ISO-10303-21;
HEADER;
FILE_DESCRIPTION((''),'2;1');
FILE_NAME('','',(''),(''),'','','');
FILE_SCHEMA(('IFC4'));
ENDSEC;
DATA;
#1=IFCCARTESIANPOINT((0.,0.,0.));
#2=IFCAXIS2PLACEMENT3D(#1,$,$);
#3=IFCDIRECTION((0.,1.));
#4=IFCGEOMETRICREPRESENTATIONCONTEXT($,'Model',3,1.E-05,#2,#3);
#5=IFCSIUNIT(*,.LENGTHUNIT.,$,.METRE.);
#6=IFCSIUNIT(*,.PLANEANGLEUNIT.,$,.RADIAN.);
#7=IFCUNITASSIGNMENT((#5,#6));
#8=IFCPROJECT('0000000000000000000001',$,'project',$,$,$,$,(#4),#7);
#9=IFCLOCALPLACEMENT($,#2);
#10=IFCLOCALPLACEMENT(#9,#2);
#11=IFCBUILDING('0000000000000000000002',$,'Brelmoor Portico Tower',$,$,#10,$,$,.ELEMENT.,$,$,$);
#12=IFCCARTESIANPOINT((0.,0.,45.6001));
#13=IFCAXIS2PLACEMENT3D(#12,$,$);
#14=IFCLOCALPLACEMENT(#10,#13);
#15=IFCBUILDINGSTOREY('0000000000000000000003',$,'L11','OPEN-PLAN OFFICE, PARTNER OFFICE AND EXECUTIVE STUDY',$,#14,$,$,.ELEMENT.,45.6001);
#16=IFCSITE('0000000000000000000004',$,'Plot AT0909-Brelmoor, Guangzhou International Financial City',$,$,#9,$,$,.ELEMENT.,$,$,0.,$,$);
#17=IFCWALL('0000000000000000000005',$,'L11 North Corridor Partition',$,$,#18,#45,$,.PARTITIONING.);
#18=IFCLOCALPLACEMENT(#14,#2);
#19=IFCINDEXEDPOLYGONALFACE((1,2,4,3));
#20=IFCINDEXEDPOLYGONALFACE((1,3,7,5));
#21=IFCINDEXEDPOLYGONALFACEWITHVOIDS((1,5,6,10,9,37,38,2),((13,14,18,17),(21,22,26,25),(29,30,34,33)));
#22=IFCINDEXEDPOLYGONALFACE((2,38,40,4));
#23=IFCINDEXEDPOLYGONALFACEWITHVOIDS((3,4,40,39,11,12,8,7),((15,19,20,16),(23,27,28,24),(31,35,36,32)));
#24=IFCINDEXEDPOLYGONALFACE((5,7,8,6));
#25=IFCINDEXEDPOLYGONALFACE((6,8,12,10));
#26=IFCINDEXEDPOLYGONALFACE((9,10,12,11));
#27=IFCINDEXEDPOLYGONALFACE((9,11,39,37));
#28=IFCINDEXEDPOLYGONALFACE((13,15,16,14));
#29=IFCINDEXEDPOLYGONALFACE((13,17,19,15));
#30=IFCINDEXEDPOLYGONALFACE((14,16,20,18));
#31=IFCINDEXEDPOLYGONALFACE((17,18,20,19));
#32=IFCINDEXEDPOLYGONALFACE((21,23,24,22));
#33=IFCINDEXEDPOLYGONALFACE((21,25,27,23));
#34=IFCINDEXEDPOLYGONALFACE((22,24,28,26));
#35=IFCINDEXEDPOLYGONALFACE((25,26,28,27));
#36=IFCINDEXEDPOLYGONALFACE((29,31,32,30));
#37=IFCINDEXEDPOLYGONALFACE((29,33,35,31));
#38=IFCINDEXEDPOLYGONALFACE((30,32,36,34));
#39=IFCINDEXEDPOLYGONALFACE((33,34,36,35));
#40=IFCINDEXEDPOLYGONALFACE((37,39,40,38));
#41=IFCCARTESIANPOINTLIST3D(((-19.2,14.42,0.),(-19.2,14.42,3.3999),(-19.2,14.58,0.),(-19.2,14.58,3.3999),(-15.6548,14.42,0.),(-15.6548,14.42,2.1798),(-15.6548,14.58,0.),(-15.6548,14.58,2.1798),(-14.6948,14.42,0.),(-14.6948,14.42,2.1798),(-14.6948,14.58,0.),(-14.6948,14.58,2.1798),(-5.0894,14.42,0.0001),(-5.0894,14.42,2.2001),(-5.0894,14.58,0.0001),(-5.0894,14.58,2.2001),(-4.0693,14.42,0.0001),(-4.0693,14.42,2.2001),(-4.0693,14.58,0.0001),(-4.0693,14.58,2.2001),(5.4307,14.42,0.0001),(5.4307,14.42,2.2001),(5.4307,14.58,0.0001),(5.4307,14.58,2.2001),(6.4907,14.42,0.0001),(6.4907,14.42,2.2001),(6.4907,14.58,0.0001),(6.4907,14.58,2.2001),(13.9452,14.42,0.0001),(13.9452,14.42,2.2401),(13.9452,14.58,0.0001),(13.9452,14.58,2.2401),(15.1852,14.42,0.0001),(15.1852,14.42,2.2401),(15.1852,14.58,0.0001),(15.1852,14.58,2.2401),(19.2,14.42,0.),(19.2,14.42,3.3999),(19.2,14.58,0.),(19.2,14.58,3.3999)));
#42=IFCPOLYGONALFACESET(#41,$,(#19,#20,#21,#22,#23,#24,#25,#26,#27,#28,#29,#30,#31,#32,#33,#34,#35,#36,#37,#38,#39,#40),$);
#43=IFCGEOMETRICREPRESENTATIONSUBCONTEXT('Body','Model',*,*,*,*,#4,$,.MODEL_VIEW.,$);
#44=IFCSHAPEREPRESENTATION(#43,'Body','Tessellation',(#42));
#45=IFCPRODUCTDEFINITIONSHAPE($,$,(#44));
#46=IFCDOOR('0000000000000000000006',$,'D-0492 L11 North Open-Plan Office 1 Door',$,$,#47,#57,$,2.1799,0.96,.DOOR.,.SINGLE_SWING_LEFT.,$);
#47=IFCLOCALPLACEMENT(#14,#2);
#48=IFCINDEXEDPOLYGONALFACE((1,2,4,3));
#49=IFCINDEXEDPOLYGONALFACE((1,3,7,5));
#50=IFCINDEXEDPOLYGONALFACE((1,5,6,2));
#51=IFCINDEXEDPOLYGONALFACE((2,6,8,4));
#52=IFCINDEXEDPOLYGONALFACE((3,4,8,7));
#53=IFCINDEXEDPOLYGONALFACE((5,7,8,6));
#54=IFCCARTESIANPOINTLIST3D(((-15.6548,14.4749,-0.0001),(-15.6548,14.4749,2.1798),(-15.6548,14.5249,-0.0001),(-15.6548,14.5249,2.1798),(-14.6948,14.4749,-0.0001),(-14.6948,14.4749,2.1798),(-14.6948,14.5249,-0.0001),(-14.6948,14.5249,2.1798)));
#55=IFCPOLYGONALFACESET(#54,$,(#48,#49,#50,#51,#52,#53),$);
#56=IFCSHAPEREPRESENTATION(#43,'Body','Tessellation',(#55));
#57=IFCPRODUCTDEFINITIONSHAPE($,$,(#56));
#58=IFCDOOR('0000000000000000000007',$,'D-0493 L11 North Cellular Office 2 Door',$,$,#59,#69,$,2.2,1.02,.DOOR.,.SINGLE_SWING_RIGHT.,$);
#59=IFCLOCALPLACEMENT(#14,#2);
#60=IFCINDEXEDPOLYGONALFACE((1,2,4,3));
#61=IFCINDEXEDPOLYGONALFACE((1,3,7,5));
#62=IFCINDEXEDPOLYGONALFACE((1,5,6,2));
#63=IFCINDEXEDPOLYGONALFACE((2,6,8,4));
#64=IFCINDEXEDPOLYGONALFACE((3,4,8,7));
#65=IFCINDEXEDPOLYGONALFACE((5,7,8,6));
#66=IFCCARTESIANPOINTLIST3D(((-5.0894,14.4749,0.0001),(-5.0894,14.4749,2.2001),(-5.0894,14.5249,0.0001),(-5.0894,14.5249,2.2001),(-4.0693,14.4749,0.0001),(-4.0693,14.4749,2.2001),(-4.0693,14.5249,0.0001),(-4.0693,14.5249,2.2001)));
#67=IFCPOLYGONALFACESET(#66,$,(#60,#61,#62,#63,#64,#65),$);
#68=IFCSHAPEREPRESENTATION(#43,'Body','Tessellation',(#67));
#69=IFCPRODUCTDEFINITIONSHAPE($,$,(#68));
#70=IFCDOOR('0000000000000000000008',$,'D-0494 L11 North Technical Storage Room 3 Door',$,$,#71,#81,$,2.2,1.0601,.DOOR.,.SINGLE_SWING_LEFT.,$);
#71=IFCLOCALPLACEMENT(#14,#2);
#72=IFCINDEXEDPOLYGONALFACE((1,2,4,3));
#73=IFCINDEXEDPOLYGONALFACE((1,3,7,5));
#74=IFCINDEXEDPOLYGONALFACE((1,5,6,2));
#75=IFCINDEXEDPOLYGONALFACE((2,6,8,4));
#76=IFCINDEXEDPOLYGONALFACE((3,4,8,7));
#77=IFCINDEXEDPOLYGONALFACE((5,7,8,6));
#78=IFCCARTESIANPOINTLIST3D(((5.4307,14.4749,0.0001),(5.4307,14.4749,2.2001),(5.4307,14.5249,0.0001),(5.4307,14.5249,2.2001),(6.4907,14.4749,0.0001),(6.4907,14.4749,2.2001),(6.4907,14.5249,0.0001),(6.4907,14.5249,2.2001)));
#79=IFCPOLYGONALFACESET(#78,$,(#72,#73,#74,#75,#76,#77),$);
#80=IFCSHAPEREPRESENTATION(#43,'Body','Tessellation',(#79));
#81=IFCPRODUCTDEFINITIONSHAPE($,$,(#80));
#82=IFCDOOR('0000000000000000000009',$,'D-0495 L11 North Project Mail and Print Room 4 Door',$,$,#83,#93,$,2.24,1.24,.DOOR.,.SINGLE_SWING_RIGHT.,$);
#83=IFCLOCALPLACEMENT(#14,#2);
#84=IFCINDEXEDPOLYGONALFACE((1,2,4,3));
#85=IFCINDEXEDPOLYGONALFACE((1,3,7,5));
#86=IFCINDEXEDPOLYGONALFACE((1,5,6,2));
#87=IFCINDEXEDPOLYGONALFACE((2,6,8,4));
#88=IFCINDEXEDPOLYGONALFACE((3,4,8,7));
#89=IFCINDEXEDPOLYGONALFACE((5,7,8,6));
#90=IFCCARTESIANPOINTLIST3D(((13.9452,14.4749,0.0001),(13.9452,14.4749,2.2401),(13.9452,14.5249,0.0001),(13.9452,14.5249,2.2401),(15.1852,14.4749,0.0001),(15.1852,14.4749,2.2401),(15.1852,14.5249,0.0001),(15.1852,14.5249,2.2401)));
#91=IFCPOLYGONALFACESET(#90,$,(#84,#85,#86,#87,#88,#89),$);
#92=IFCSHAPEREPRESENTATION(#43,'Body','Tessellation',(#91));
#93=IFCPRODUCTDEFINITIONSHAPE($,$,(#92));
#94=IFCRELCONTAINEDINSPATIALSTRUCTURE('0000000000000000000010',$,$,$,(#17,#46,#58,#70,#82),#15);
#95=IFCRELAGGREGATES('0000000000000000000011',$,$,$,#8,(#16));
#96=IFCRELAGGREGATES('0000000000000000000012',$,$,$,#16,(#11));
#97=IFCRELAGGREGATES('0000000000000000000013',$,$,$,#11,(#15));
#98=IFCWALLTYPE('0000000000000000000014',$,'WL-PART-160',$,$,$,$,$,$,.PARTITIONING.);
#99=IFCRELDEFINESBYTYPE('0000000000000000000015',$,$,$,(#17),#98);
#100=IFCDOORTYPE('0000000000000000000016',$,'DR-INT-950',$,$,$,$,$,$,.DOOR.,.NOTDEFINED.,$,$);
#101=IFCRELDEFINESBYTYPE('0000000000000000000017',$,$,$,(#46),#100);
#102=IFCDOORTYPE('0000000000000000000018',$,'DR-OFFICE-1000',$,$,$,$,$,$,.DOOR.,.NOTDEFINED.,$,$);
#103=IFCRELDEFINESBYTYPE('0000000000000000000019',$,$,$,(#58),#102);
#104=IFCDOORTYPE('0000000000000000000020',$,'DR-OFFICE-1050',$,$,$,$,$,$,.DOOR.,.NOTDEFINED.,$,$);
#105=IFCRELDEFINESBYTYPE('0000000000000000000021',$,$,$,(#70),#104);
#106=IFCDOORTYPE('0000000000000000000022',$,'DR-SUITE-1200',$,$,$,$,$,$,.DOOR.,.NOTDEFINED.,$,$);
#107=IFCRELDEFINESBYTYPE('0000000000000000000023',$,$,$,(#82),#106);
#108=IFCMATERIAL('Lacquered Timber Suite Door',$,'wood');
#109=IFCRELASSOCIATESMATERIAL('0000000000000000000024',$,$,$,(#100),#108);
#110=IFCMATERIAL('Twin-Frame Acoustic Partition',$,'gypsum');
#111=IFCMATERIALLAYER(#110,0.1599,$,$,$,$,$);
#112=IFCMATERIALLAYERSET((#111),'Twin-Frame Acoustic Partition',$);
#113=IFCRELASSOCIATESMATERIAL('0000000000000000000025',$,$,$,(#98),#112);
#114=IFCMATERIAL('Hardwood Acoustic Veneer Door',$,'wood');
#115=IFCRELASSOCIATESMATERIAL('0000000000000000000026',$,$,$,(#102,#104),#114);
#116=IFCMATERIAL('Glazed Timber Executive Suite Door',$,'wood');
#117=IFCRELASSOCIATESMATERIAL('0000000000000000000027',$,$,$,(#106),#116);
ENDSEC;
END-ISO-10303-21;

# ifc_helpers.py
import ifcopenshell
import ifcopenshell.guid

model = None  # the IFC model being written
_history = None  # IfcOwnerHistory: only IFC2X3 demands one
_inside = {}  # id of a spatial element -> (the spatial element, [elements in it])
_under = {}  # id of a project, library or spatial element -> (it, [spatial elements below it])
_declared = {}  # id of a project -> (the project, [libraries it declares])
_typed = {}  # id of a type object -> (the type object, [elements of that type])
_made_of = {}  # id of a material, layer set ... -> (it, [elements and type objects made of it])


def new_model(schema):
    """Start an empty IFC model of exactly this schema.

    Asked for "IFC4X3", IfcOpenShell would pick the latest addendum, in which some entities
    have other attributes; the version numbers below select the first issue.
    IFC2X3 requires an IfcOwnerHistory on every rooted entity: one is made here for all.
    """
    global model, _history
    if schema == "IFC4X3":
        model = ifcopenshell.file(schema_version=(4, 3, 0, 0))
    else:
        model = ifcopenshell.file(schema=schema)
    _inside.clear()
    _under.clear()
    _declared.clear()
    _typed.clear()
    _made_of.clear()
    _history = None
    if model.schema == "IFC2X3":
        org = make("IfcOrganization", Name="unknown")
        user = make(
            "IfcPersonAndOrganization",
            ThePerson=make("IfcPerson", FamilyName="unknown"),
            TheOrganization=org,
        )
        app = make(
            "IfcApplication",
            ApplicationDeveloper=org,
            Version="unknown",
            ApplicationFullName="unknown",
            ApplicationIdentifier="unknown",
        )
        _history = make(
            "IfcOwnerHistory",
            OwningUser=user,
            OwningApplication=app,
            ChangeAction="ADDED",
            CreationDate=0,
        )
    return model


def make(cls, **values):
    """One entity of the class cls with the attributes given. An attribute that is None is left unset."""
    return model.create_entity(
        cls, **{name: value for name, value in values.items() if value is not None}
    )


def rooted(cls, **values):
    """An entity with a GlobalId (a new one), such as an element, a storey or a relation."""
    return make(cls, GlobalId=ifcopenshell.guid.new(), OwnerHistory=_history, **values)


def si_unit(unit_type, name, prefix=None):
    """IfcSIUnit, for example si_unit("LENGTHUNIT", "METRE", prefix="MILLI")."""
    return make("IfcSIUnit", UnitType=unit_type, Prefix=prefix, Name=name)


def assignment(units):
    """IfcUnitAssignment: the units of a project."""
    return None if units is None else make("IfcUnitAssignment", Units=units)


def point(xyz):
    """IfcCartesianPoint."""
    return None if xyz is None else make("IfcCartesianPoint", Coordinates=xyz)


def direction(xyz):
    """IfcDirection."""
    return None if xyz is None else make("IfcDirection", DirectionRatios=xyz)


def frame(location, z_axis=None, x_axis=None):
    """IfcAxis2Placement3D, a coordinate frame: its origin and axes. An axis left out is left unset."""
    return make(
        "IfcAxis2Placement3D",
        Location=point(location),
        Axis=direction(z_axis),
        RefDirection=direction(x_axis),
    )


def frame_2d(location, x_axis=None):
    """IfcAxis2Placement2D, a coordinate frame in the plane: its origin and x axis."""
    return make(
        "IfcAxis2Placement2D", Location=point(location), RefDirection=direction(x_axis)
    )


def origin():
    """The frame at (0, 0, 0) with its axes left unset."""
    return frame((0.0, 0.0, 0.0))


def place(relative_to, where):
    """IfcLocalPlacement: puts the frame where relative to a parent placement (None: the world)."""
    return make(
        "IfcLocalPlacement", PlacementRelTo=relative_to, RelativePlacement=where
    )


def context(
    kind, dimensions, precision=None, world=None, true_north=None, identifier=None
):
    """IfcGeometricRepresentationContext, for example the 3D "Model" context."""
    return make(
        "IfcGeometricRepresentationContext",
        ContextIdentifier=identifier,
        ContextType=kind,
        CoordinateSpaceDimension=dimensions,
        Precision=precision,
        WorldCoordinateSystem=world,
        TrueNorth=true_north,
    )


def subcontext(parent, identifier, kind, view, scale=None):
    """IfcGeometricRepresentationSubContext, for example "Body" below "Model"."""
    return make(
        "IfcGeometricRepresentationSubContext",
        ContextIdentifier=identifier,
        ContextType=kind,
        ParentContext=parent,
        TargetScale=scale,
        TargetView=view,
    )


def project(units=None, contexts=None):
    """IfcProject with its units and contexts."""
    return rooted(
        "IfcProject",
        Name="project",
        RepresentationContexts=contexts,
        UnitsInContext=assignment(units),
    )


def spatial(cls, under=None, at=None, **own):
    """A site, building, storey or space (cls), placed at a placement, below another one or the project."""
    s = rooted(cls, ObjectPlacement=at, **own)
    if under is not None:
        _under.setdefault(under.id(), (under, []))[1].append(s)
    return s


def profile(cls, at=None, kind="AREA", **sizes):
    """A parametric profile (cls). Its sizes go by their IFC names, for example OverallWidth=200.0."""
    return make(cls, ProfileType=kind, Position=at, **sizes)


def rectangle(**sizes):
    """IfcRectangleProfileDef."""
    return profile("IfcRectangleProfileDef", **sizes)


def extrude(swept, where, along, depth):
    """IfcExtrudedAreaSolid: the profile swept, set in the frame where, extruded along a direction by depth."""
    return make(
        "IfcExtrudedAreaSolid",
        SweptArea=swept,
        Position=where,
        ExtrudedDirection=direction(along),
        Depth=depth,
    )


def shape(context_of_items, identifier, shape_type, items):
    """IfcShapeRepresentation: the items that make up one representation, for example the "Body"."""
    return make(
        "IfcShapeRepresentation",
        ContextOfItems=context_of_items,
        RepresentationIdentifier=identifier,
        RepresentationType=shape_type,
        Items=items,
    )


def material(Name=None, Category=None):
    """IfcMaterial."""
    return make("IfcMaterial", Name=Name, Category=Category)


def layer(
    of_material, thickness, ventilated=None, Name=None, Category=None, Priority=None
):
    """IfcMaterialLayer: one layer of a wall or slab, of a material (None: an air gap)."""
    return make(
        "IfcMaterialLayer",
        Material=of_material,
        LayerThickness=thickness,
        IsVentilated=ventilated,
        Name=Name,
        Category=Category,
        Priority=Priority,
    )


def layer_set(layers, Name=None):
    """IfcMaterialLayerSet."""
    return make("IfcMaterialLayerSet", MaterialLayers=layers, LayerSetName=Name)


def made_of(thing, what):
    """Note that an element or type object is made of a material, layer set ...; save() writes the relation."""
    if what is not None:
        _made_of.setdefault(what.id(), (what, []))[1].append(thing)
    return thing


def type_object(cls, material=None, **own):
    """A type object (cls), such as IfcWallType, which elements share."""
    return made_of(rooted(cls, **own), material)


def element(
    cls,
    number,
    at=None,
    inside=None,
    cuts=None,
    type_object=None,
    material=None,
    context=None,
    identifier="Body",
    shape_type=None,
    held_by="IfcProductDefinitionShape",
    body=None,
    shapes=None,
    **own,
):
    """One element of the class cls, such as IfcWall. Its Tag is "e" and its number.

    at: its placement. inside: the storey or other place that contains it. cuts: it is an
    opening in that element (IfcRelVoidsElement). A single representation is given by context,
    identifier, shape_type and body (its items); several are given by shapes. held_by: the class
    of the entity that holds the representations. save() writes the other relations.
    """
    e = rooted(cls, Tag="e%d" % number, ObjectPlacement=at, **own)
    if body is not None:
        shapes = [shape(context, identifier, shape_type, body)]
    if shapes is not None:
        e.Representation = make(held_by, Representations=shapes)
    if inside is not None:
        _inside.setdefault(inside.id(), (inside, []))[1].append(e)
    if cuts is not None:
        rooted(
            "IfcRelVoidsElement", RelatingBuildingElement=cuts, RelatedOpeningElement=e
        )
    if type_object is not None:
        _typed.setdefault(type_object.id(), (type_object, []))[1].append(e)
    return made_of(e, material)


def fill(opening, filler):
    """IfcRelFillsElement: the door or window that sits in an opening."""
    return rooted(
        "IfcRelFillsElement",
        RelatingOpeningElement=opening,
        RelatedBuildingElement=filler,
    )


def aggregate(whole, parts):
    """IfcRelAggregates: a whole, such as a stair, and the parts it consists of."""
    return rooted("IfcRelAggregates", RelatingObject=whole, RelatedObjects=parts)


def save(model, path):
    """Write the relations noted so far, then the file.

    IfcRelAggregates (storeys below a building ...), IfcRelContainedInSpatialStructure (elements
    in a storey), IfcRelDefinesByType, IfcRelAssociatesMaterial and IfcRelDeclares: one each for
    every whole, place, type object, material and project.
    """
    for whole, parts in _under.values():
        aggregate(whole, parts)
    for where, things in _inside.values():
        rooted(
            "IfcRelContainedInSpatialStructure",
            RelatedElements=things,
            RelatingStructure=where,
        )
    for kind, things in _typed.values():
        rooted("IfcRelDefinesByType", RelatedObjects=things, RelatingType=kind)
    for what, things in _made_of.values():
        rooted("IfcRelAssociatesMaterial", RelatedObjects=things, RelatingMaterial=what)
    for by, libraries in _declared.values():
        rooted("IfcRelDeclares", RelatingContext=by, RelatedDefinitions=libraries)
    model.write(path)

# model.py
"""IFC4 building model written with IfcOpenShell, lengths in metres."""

from ifc_helpers import new_model, si_unit, direction, frame, frame_2d, origin, place, context, subcontext, project, spatial, rectangle, extrude, material, layer, layer_set, type_object, element, fill, save


model = new_model("IFC4")

# Units and contexts
model_context = context("Model", 3, precision=1e-05, world=origin(), true_north=direction((0.0, 1.0)))
body_context = subcontext(model_context, "Body", "Model", "MODEL_VIEW")
ifc_project = project(units=[si_unit("LENGTHUNIT", "METRE"), si_unit("PLANEANGLEUNIT", "RADIAN")], contexts=[model_context])

# Site, building, storey
site_placement = place(None, origin())
site = spatial("IfcSite", under=ifc_project, at=site_placement, Name="Plot AT0909-Brelmoor, Guangzhou International Financial City", CompositionType="ELEMENT", RefElevation=0.0)
building_placement = place(site_placement, origin())
building = spatial("IfcBuilding", under=site, at=building_placement, Name="Brelmoor Portico Tower", CompositionType="ELEMENT")
storey_placement = place(building_placement, frame((0.0, 0.0, 45.6001)))
storey = spatial("IfcBuildingStorey", under=building, at=storey_placement, Name="L11", Description="OPEN-PLAN OFFICE, PARTNER OFFICE AND EXECUTIVE STUDY", CompositionType="ELEMENT", Elevation=45.6001)

# Shared definitions
ifc_material_1 = material(Name="Lacquered Timber Suite Door", Category="wood")
door_type_1 = type_object("IfcDoorType", Name="DR-INT-950", OperationType="NOTDEFINED", PredefinedType="DOOR", material=ifc_material_1)

# Wall, openings, doors
ifc_material_2 = material(Name="Twin-Frame Acoustic Partition", Category="gypsum")
ifc_layer_1 = layer(ifc_material_2, 0.1599)
ifc_layer_set_1 = layer_set([ifc_layer_1], Name="Twin-Frame Acoustic Partition")
wall_type_1 = type_object("IfcWallType", Name="WL-PART-160", PredefinedType="PARTITIONING", material=ifc_layer_set_1)
wall_1_placement = place(storey_placement, frame((-19.2, 14.5, 0.0), z_axis=(0.0, 0.0, 1.0), x_axis=(1.0, 0.0, 0.0)))
wall_1 = element("IfcWall", 1, at=wall_1_placement, inside=storey, type_object=wall_type_1, Name="L11 North Corridor Partition", PredefinedType="PARTITIONING", context=body_context, shape_type="SweptSolid", body=[
    extrude(rectangle(XDim=38.3999, YDim=0.1599, at=frame_2d((19.2, 0.0))), origin(), (0.0, 0.0, 1.0), 3.3999),
])
opening_1_placement = place(wall_1_placement, frame((3.5452, 0.0, 0.0)))
opening_1 = element("IfcOpeningElement", 2, at=opening_1_placement, cuts=wall_1, PredefinedType="OPENING", context=body_context, shape_type="SweptSolid", body=[
    extrude(rectangle(XDim=0.96, YDim=2.1799, at=frame_2d((0.48, 1.0898))), frame((0.0, 0.0898, 0.0), z_axis=(0.0, -1.0, 0.0), x_axis=(1.0, 0.0, 0.0)), (0.0, 0.0, 1.0), 0.1799),
])
opening_2_placement = place(wall_1_placement, frame((14.1106, 0.0, 0.0)))
opening_2 = element("IfcOpeningElement", 3, at=opening_2_placement, cuts=wall_1, PredefinedType="OPENING", context=body_context, shape_type="SweptSolid", body=[
    extrude(rectangle(XDim=1.02, YDim=2.2, at=frame_2d((0.51, 1.1001))), frame((0.0, 0.0898, 0.0), z_axis=(0.0, -1.0, 0.0), x_axis=(1.0, 0.0, 0.0)), (0.0, 0.0, 1.0), 0.1799),
])
opening_3_placement = place(wall_1_placement, frame((24.6306, 0.0, 0.0)))
opening_3 = element("IfcOpeningElement", 4, at=opening_3_placement, cuts=wall_1, PredefinedType="OPENING", context=body_context, shape_type="SweptSolid", body=[
    extrude(rectangle(XDim=1.0601, YDim=2.2, at=frame_2d((0.53, 1.1001))), frame((0.0, 0.0898, 0.0), z_axis=(0.0, -1.0, 0.0), x_axis=(1.0, 0.0, 0.0)), (0.0, 0.0, 1.0), 0.1799),
])
opening_4_placement = place(wall_1_placement, frame((33.145, 0.0, 0.0)))
opening_4 = element("IfcOpeningElement", 5, at=opening_4_placement, cuts=wall_1, PredefinedType="OPENING", context=body_context, shape_type="SweptSolid", body=[
    extrude(rectangle(XDim=1.24, YDim=2.24, at=frame_2d((0.6201, 1.1201))), frame((0.0, 0.0898, 0.0), z_axis=(0.0, -1.0, 0.0), x_axis=(1.0, 0.0, 0.0)), (0.0, 0.0, 1.0), 0.1799),
])
door_1_placement = place(opening_1_placement, origin())
door_1 = element("IfcDoor", 6, at=door_1_placement, inside=storey, type_object=door_type_1, Name="D-0492 L11 North Open-Plan Office 1 Door", OperationType="SINGLE_SWING_LEFT", OverallHeight=2.1799, OverallWidth=0.96, PredefinedType="DOOR", context=body_context, shape_type="SweptSolid", body=[
    extrude(rectangle(XDim=0.96, YDim=2.1799, at=frame_2d((0.48, 1.0898))), frame((0.0, 0.0249, 0.0), z_axis=(0.0, -1.0, 0.0), x_axis=(1.0, 0.0, 0.0)), (0.0, 0.0, 1.0), 0.05),
])
fill(opening_1, door_1)
ifc_material_3 = material(Name="Hardwood Acoustic Veneer Door", Category="wood")
door_type_2 = type_object("IfcDoorType", Name="DR-OFFICE-1000", OperationType="NOTDEFINED", PredefinedType="DOOR", material=ifc_material_3)
door_2_placement = place(opening_2_placement, origin())
door_2 = element("IfcDoor", 7, at=door_2_placement, inside=storey, type_object=door_type_2, Name="D-0493 L11 North Cellular Office 2 Door", OperationType="SINGLE_SWING_RIGHT", OverallHeight=2.2, OverallWidth=1.02, PredefinedType="DOOR", context=body_context, shape_type="SweptSolid", body=[
    extrude(rectangle(XDim=1.02, YDim=2.2, at=frame_2d((0.51, 1.1001))), frame((0.0, 0.0249, 0.0), z_axis=(0.0, -1.0, 0.0), x_axis=(1.0, 0.0, 0.0)), (0.0, 0.0, 1.0), 0.05),
])
fill(opening_2, door_2)
door_type_3 = type_object("IfcDoorType", Name="DR-OFFICE-1050", OperationType="NOTDEFINED", PredefinedType="DOOR", material=ifc_material_3)
door_3_placement = place(opening_3_placement, origin())
door_3 = element("IfcDoor", 8, at=door_3_placement, inside=storey, type_object=door_type_3, Name="D-0494 L11 North Technical Storage Room 3 Door", OperationType="SINGLE_SWING_LEFT", OverallHeight=2.2, OverallWidth=1.0601, PredefinedType="DOOR", context=body_context, shape_type="SweptSolid", body=[
    extrude(rectangle(XDim=1.0601, YDim=2.2, at=frame_2d((0.53, 1.1001))), frame((0.0, 0.0249, 0.0), z_axis=(0.0, -1.0, 0.0), x_axis=(1.0, 0.0, 0.0)), (0.0, 0.0, 1.0), 0.05),
])
fill(opening_3, door_3)
ifc_material_4 = material(Name="Glazed Timber Executive Suite Door", Category="wood")
door_type_4 = type_object("IfcDoorType", Name="DR-SUITE-1200", OperationType="NOTDEFINED", PredefinedType="DOOR", material=ifc_material_4)
door_4_placement = place(opening_4_placement, origin())
door_4 = element("IfcDoor", 9, at=door_4_placement, inside=storey, type_object=door_type_4, Name="D-0495 L11 North Project Mail and Print Room 4 Door", OperationType="SINGLE_SWING_RIGHT", OverallHeight=2.24, OverallWidth=1.24, PredefinedType="DOOR", context=body_context, shape_type="SweptSolid", body=[
    extrude(rectangle(XDim=1.24, YDim=2.24, at=frame_2d((0.6201, 1.1201))), frame((0.0, 0.0249, 0.0), z_axis=(0.0, -1.0, 0.0), x_axis=(1.0, 0.0, 0.0)), (0.0, 0.0, 1.0), 0.05),
])
fill(opening_4, door_4)

save(model, "model.ifc")
